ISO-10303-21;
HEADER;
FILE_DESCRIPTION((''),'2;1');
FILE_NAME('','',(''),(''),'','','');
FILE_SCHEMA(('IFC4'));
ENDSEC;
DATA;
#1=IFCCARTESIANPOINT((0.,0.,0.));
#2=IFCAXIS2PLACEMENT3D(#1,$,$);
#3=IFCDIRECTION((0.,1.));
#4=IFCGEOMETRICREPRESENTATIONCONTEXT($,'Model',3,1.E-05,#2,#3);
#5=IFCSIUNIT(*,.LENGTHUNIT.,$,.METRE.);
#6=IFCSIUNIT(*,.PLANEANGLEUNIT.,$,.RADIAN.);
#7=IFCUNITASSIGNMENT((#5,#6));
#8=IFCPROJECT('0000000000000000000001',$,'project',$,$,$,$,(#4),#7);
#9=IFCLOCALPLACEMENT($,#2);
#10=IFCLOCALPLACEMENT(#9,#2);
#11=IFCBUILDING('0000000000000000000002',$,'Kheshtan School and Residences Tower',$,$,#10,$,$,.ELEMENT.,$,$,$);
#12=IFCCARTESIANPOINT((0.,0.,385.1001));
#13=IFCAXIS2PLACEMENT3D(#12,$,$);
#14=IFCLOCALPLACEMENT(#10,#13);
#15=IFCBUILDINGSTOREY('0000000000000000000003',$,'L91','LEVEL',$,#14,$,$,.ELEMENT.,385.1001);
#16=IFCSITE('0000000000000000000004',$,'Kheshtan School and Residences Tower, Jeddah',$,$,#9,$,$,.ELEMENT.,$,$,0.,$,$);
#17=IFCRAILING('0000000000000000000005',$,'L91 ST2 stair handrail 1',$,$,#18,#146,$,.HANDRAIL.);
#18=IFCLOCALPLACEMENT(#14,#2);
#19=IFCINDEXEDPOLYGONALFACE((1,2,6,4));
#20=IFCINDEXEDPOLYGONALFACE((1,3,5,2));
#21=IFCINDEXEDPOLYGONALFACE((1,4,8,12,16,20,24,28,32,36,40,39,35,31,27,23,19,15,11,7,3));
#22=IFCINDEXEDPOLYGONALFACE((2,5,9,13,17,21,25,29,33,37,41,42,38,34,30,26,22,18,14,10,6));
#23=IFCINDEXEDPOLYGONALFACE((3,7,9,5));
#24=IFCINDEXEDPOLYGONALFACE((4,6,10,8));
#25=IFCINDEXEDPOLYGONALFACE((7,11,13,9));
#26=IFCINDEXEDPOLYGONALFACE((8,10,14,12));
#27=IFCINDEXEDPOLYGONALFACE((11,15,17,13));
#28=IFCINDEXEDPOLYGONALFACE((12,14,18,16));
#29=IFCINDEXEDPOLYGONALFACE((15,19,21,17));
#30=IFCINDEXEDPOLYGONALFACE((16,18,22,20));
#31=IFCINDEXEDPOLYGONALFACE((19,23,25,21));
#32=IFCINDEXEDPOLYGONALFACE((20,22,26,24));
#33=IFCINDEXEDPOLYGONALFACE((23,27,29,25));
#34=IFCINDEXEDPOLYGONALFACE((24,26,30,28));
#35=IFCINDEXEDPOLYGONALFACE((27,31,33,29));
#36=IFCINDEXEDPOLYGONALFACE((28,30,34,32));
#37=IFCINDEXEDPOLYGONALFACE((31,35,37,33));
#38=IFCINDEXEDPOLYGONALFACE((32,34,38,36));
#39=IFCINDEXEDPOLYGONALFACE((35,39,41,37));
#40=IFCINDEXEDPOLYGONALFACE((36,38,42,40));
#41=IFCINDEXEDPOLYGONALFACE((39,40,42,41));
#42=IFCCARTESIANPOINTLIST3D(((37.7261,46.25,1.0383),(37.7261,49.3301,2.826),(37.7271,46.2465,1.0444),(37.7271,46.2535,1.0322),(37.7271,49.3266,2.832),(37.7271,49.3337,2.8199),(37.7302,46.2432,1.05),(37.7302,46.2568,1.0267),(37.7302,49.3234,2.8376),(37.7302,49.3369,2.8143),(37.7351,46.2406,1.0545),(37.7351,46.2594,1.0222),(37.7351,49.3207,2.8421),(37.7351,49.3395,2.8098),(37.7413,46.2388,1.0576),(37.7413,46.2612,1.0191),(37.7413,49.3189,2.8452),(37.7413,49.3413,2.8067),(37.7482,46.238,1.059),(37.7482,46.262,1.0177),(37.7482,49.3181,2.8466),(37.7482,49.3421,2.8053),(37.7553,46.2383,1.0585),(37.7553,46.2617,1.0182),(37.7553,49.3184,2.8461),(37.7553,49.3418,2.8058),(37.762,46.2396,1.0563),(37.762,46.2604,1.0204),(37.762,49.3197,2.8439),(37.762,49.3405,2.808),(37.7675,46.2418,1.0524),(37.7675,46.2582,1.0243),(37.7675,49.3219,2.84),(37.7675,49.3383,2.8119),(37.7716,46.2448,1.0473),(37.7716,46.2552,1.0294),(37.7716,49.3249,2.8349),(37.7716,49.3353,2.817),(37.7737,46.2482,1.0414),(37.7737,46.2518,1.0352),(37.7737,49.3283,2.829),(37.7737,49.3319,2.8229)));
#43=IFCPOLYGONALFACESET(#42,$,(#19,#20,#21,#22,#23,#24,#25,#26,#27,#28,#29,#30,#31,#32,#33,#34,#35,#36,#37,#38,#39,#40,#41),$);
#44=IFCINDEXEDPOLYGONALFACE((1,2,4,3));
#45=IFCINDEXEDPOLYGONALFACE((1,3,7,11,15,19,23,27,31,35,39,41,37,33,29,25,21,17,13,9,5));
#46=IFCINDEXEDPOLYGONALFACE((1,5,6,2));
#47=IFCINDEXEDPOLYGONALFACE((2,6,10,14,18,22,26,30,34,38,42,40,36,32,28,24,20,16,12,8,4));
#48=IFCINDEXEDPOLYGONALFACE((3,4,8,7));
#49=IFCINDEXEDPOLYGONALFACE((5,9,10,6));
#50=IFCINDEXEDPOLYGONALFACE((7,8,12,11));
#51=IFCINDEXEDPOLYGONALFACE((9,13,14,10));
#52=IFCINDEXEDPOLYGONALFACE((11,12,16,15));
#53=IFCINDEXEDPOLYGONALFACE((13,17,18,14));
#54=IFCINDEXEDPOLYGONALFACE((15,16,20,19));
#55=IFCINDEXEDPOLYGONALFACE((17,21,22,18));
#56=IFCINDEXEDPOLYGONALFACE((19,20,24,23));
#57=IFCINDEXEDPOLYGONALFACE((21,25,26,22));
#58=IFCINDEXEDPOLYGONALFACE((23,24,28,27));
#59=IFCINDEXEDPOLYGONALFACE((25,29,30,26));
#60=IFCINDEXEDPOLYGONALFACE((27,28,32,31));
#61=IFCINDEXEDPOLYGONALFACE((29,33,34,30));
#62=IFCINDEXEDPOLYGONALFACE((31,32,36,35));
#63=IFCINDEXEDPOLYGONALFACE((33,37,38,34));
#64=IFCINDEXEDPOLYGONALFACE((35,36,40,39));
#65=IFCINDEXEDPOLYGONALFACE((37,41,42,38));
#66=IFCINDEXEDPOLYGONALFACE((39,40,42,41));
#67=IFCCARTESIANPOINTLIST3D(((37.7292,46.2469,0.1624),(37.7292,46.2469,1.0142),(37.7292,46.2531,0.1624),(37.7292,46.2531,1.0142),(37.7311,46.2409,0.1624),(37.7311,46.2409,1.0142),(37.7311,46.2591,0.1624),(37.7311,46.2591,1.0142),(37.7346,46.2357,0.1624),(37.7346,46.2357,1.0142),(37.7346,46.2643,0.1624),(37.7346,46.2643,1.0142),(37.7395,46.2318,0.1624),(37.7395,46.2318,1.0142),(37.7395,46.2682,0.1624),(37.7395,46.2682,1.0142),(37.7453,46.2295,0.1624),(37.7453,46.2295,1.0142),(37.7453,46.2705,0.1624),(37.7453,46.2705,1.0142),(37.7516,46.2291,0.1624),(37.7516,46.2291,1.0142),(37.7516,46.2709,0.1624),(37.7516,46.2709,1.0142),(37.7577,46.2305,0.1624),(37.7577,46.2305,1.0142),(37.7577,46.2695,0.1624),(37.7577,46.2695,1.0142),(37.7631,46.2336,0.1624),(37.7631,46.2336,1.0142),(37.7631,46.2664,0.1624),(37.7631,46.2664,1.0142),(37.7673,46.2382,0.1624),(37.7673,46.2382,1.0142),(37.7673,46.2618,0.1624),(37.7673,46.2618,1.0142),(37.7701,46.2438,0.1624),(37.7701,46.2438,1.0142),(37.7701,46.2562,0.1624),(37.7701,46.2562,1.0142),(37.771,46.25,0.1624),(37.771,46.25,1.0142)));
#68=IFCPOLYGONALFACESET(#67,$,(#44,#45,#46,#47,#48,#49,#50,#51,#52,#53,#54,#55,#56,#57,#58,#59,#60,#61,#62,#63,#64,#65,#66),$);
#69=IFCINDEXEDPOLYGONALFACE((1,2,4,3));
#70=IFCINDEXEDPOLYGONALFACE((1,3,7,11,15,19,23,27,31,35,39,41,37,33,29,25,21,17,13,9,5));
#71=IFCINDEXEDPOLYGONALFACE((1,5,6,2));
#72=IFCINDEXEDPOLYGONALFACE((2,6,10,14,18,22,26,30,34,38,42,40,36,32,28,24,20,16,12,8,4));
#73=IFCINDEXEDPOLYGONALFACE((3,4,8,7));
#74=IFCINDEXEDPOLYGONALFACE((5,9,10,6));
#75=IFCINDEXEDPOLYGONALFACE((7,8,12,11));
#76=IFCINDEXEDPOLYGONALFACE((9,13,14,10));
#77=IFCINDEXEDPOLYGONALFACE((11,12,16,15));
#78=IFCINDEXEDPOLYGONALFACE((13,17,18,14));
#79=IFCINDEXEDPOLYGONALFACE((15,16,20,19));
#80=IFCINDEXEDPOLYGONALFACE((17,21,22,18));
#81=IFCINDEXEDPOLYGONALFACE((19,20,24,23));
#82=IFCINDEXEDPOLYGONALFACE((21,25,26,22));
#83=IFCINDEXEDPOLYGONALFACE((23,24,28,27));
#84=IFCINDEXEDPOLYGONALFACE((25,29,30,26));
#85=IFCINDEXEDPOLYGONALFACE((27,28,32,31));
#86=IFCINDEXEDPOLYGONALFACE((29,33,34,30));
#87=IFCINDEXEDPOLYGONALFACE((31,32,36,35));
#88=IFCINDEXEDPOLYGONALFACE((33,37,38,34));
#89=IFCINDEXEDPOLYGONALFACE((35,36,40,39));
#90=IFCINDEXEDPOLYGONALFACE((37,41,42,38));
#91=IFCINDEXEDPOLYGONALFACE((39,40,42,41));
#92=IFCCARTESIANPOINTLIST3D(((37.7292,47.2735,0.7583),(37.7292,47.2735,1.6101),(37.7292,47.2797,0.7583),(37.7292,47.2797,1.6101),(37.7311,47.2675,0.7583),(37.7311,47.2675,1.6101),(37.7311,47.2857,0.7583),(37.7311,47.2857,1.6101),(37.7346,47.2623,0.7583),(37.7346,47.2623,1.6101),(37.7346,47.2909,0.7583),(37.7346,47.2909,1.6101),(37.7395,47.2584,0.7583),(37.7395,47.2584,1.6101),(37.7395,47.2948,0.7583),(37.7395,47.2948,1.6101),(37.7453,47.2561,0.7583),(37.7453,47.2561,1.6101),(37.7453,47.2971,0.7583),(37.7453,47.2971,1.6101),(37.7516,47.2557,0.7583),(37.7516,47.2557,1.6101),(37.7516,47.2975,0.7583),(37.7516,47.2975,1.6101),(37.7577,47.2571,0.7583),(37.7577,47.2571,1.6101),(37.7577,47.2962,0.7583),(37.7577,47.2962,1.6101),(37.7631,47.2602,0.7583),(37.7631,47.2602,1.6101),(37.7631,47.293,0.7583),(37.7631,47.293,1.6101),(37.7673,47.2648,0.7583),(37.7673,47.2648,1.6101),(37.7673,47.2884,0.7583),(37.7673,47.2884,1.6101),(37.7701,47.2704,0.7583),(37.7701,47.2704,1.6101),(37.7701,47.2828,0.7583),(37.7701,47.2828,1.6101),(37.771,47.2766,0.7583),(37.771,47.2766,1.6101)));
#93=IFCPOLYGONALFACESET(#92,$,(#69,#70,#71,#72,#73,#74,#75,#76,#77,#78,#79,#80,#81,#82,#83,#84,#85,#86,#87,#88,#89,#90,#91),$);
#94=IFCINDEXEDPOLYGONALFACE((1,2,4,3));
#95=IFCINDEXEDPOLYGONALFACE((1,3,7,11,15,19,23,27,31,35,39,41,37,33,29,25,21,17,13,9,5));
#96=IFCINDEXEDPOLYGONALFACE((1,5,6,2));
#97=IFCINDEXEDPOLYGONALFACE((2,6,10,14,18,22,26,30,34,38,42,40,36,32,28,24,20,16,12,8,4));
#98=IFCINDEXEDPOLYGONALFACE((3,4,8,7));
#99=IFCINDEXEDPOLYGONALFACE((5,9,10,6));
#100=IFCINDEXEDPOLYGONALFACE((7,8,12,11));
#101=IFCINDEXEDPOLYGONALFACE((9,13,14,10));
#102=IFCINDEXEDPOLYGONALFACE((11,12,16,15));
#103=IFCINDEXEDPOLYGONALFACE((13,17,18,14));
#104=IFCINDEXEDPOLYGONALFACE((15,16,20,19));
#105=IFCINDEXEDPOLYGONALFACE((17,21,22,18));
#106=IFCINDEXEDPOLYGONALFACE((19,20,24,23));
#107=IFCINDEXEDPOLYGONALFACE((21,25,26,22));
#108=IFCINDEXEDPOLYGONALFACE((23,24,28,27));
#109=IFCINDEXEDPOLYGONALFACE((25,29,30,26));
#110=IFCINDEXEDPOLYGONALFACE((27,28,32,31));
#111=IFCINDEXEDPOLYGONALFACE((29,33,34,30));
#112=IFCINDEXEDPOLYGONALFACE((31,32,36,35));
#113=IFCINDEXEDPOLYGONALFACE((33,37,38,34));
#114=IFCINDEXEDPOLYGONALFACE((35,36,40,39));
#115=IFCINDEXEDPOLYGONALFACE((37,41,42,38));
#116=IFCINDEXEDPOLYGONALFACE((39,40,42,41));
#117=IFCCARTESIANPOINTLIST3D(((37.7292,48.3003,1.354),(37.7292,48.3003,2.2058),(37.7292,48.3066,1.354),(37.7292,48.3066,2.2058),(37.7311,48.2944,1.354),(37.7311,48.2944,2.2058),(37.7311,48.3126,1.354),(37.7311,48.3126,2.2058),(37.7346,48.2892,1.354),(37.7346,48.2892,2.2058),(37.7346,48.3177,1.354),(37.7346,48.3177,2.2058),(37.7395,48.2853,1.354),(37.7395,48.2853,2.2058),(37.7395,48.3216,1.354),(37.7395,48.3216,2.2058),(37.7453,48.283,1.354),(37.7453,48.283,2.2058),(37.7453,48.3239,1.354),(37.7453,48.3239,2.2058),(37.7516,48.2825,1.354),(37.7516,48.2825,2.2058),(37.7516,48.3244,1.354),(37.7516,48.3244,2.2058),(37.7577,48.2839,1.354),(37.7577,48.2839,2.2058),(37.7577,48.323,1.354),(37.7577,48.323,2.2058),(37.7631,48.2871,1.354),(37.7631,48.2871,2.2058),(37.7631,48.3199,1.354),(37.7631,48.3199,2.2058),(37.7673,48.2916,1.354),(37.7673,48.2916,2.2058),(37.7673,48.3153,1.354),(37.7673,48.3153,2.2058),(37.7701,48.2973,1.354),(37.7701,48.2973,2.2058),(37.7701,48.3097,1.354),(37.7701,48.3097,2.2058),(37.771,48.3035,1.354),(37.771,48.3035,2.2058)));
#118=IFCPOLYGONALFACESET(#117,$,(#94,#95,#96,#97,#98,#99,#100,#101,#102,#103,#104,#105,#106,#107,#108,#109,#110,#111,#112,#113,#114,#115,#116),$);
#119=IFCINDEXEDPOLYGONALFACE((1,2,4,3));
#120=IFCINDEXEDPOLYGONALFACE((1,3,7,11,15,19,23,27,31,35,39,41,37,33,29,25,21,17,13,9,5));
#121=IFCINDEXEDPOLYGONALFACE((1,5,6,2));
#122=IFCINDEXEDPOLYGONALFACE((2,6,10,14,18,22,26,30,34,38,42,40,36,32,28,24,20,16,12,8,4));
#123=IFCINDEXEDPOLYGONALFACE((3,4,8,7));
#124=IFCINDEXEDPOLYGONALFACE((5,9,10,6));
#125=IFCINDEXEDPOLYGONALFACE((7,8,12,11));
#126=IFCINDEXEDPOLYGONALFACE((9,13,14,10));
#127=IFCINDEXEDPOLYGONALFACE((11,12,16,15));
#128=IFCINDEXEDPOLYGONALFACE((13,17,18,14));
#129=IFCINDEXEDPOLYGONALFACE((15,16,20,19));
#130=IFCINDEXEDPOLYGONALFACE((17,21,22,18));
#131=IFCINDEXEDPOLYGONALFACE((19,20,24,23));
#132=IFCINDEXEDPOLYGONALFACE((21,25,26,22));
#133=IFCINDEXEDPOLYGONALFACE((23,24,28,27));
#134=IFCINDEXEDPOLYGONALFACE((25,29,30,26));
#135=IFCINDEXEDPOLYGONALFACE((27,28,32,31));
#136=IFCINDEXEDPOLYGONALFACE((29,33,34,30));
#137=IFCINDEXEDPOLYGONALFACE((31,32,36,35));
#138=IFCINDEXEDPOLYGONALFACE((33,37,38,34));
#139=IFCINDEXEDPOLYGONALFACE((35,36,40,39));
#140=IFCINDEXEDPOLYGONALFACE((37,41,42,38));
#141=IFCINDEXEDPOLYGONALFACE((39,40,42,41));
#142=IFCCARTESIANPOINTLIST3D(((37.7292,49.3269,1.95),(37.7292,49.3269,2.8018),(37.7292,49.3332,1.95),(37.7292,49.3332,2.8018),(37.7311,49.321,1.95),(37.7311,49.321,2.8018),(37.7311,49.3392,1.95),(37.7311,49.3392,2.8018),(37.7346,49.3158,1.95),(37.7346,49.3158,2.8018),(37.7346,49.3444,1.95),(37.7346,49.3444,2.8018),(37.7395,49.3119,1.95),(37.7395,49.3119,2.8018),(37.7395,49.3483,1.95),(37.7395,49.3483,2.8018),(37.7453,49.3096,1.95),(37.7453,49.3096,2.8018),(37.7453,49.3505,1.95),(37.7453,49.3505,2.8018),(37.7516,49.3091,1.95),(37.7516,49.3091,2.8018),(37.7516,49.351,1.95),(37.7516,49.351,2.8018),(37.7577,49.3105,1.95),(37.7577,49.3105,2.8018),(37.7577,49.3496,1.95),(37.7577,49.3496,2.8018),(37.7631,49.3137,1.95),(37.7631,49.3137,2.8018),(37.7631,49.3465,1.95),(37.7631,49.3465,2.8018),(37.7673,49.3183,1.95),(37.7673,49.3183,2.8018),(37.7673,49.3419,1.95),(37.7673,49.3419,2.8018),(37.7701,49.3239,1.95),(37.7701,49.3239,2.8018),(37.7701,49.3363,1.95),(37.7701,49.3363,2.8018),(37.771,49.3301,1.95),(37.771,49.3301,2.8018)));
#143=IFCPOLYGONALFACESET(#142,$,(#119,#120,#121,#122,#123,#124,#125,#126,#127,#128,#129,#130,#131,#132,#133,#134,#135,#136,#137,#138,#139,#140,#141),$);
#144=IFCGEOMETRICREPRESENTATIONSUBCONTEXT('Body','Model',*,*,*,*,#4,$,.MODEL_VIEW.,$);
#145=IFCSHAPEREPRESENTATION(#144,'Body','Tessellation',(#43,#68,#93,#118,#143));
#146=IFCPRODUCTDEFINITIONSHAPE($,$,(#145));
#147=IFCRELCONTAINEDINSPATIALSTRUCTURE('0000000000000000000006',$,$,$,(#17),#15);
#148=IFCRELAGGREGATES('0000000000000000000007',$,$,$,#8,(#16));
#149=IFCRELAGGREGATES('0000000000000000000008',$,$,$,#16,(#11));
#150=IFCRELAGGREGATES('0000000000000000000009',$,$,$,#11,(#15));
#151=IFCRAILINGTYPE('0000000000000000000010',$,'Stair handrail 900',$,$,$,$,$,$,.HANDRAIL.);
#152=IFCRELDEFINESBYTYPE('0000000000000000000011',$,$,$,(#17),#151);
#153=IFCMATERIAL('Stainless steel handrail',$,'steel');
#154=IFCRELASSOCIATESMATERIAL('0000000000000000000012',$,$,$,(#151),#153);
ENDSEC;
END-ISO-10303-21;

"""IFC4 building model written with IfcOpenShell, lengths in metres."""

from ifc_helpers import new_model, si_unit, direction, frame, origin, origin_2d, place, context, subcontext, project, spatial, circle, extrude, material, type_object, element, save


model = new_model("IFC4")

# Units and contexts
model_context = context("Model", 3, precision=1e-05, world=origin(), true_north=direction((0.0, 1.0)))
body_context = subcontext(model_context, "Body", "Model", "MODEL_VIEW")
ifc_project = project(units=[si_unit("LENGTHUNIT", "METRE"), si_unit("PLANEANGLEUNIT", "RADIAN")], contexts=[model_context])

# Site, building, storey
site_placement = place(None, origin())
site = spatial("IfcSite", under=ifc_project, at=site_placement, Name="Kheshtan School and Residences Tower, Jeddah", CompositionType="ELEMENT", RefElevation=0.0)
building_placement = place(site_placement, origin())
building = spatial("IfcBuilding", under=site, at=building_placement, Name="Kheshtan School and Residences Tower", CompositionType="ELEMENT")
storey_placement = place(building_placement, frame((0.0, 0.0, 385.1001)))
storey = spatial("IfcBuildingStorey", under=building, at=storey_placement, Name="L91", Description="LEVEL", CompositionType="ELEMENT", Elevation=385.1001)

# Railing
ifc_material_1 = material(Name="Stainless steel handrail", Category="steel")
railing_type_1 = type_object("IfcRailingType", Name="Stair handrail 900", PredefinedType="HANDRAIL", material=ifc_material_1)
railing_1_placement = place(storey_placement, frame((37.75, 46.25, 0.1624)))
element("IfcRailing", 1, at=railing_1_placement, inside=storey, type_object=railing_type_1, Name="L91 ST2 stair handrail 1", PredefinedType="HANDRAIL", context=body_context, shape_type="SweptSolid", body=[
    extrude(circle(Radius=0.0239, at=origin_2d()), frame((0.0, 0.0, 0.876), z_axis=(0.0, 0.864891, 0.50196), x_axis=(-1.0, 0.0, 0.0)), (0.0, 0.0, 1.0), 3.5613),
    extrude(circle(Radius=0.021, at=origin_2d()), origin(), (0.0, 0.0, 1.0), 0.8518),
    extrude(circle(Radius=0.021, at=origin_2d()), frame((0.0, 1.0266, 0.5959)), (0.0, 0.0, 1.0), 0.8518),
    extrude(circle(Radius=0.021, at=origin_2d()), frame((0.0, 2.0535, 1.1917)), (0.0, 0.0, 1.0), 0.8518),
    extrude(circle(Radius=0.021, at=origin_2d()), frame((0.0, 3.0801, 1.7876)), (0.0, 0.0, 1.0), 0.8518),
])

save(model, "model.ifc")
